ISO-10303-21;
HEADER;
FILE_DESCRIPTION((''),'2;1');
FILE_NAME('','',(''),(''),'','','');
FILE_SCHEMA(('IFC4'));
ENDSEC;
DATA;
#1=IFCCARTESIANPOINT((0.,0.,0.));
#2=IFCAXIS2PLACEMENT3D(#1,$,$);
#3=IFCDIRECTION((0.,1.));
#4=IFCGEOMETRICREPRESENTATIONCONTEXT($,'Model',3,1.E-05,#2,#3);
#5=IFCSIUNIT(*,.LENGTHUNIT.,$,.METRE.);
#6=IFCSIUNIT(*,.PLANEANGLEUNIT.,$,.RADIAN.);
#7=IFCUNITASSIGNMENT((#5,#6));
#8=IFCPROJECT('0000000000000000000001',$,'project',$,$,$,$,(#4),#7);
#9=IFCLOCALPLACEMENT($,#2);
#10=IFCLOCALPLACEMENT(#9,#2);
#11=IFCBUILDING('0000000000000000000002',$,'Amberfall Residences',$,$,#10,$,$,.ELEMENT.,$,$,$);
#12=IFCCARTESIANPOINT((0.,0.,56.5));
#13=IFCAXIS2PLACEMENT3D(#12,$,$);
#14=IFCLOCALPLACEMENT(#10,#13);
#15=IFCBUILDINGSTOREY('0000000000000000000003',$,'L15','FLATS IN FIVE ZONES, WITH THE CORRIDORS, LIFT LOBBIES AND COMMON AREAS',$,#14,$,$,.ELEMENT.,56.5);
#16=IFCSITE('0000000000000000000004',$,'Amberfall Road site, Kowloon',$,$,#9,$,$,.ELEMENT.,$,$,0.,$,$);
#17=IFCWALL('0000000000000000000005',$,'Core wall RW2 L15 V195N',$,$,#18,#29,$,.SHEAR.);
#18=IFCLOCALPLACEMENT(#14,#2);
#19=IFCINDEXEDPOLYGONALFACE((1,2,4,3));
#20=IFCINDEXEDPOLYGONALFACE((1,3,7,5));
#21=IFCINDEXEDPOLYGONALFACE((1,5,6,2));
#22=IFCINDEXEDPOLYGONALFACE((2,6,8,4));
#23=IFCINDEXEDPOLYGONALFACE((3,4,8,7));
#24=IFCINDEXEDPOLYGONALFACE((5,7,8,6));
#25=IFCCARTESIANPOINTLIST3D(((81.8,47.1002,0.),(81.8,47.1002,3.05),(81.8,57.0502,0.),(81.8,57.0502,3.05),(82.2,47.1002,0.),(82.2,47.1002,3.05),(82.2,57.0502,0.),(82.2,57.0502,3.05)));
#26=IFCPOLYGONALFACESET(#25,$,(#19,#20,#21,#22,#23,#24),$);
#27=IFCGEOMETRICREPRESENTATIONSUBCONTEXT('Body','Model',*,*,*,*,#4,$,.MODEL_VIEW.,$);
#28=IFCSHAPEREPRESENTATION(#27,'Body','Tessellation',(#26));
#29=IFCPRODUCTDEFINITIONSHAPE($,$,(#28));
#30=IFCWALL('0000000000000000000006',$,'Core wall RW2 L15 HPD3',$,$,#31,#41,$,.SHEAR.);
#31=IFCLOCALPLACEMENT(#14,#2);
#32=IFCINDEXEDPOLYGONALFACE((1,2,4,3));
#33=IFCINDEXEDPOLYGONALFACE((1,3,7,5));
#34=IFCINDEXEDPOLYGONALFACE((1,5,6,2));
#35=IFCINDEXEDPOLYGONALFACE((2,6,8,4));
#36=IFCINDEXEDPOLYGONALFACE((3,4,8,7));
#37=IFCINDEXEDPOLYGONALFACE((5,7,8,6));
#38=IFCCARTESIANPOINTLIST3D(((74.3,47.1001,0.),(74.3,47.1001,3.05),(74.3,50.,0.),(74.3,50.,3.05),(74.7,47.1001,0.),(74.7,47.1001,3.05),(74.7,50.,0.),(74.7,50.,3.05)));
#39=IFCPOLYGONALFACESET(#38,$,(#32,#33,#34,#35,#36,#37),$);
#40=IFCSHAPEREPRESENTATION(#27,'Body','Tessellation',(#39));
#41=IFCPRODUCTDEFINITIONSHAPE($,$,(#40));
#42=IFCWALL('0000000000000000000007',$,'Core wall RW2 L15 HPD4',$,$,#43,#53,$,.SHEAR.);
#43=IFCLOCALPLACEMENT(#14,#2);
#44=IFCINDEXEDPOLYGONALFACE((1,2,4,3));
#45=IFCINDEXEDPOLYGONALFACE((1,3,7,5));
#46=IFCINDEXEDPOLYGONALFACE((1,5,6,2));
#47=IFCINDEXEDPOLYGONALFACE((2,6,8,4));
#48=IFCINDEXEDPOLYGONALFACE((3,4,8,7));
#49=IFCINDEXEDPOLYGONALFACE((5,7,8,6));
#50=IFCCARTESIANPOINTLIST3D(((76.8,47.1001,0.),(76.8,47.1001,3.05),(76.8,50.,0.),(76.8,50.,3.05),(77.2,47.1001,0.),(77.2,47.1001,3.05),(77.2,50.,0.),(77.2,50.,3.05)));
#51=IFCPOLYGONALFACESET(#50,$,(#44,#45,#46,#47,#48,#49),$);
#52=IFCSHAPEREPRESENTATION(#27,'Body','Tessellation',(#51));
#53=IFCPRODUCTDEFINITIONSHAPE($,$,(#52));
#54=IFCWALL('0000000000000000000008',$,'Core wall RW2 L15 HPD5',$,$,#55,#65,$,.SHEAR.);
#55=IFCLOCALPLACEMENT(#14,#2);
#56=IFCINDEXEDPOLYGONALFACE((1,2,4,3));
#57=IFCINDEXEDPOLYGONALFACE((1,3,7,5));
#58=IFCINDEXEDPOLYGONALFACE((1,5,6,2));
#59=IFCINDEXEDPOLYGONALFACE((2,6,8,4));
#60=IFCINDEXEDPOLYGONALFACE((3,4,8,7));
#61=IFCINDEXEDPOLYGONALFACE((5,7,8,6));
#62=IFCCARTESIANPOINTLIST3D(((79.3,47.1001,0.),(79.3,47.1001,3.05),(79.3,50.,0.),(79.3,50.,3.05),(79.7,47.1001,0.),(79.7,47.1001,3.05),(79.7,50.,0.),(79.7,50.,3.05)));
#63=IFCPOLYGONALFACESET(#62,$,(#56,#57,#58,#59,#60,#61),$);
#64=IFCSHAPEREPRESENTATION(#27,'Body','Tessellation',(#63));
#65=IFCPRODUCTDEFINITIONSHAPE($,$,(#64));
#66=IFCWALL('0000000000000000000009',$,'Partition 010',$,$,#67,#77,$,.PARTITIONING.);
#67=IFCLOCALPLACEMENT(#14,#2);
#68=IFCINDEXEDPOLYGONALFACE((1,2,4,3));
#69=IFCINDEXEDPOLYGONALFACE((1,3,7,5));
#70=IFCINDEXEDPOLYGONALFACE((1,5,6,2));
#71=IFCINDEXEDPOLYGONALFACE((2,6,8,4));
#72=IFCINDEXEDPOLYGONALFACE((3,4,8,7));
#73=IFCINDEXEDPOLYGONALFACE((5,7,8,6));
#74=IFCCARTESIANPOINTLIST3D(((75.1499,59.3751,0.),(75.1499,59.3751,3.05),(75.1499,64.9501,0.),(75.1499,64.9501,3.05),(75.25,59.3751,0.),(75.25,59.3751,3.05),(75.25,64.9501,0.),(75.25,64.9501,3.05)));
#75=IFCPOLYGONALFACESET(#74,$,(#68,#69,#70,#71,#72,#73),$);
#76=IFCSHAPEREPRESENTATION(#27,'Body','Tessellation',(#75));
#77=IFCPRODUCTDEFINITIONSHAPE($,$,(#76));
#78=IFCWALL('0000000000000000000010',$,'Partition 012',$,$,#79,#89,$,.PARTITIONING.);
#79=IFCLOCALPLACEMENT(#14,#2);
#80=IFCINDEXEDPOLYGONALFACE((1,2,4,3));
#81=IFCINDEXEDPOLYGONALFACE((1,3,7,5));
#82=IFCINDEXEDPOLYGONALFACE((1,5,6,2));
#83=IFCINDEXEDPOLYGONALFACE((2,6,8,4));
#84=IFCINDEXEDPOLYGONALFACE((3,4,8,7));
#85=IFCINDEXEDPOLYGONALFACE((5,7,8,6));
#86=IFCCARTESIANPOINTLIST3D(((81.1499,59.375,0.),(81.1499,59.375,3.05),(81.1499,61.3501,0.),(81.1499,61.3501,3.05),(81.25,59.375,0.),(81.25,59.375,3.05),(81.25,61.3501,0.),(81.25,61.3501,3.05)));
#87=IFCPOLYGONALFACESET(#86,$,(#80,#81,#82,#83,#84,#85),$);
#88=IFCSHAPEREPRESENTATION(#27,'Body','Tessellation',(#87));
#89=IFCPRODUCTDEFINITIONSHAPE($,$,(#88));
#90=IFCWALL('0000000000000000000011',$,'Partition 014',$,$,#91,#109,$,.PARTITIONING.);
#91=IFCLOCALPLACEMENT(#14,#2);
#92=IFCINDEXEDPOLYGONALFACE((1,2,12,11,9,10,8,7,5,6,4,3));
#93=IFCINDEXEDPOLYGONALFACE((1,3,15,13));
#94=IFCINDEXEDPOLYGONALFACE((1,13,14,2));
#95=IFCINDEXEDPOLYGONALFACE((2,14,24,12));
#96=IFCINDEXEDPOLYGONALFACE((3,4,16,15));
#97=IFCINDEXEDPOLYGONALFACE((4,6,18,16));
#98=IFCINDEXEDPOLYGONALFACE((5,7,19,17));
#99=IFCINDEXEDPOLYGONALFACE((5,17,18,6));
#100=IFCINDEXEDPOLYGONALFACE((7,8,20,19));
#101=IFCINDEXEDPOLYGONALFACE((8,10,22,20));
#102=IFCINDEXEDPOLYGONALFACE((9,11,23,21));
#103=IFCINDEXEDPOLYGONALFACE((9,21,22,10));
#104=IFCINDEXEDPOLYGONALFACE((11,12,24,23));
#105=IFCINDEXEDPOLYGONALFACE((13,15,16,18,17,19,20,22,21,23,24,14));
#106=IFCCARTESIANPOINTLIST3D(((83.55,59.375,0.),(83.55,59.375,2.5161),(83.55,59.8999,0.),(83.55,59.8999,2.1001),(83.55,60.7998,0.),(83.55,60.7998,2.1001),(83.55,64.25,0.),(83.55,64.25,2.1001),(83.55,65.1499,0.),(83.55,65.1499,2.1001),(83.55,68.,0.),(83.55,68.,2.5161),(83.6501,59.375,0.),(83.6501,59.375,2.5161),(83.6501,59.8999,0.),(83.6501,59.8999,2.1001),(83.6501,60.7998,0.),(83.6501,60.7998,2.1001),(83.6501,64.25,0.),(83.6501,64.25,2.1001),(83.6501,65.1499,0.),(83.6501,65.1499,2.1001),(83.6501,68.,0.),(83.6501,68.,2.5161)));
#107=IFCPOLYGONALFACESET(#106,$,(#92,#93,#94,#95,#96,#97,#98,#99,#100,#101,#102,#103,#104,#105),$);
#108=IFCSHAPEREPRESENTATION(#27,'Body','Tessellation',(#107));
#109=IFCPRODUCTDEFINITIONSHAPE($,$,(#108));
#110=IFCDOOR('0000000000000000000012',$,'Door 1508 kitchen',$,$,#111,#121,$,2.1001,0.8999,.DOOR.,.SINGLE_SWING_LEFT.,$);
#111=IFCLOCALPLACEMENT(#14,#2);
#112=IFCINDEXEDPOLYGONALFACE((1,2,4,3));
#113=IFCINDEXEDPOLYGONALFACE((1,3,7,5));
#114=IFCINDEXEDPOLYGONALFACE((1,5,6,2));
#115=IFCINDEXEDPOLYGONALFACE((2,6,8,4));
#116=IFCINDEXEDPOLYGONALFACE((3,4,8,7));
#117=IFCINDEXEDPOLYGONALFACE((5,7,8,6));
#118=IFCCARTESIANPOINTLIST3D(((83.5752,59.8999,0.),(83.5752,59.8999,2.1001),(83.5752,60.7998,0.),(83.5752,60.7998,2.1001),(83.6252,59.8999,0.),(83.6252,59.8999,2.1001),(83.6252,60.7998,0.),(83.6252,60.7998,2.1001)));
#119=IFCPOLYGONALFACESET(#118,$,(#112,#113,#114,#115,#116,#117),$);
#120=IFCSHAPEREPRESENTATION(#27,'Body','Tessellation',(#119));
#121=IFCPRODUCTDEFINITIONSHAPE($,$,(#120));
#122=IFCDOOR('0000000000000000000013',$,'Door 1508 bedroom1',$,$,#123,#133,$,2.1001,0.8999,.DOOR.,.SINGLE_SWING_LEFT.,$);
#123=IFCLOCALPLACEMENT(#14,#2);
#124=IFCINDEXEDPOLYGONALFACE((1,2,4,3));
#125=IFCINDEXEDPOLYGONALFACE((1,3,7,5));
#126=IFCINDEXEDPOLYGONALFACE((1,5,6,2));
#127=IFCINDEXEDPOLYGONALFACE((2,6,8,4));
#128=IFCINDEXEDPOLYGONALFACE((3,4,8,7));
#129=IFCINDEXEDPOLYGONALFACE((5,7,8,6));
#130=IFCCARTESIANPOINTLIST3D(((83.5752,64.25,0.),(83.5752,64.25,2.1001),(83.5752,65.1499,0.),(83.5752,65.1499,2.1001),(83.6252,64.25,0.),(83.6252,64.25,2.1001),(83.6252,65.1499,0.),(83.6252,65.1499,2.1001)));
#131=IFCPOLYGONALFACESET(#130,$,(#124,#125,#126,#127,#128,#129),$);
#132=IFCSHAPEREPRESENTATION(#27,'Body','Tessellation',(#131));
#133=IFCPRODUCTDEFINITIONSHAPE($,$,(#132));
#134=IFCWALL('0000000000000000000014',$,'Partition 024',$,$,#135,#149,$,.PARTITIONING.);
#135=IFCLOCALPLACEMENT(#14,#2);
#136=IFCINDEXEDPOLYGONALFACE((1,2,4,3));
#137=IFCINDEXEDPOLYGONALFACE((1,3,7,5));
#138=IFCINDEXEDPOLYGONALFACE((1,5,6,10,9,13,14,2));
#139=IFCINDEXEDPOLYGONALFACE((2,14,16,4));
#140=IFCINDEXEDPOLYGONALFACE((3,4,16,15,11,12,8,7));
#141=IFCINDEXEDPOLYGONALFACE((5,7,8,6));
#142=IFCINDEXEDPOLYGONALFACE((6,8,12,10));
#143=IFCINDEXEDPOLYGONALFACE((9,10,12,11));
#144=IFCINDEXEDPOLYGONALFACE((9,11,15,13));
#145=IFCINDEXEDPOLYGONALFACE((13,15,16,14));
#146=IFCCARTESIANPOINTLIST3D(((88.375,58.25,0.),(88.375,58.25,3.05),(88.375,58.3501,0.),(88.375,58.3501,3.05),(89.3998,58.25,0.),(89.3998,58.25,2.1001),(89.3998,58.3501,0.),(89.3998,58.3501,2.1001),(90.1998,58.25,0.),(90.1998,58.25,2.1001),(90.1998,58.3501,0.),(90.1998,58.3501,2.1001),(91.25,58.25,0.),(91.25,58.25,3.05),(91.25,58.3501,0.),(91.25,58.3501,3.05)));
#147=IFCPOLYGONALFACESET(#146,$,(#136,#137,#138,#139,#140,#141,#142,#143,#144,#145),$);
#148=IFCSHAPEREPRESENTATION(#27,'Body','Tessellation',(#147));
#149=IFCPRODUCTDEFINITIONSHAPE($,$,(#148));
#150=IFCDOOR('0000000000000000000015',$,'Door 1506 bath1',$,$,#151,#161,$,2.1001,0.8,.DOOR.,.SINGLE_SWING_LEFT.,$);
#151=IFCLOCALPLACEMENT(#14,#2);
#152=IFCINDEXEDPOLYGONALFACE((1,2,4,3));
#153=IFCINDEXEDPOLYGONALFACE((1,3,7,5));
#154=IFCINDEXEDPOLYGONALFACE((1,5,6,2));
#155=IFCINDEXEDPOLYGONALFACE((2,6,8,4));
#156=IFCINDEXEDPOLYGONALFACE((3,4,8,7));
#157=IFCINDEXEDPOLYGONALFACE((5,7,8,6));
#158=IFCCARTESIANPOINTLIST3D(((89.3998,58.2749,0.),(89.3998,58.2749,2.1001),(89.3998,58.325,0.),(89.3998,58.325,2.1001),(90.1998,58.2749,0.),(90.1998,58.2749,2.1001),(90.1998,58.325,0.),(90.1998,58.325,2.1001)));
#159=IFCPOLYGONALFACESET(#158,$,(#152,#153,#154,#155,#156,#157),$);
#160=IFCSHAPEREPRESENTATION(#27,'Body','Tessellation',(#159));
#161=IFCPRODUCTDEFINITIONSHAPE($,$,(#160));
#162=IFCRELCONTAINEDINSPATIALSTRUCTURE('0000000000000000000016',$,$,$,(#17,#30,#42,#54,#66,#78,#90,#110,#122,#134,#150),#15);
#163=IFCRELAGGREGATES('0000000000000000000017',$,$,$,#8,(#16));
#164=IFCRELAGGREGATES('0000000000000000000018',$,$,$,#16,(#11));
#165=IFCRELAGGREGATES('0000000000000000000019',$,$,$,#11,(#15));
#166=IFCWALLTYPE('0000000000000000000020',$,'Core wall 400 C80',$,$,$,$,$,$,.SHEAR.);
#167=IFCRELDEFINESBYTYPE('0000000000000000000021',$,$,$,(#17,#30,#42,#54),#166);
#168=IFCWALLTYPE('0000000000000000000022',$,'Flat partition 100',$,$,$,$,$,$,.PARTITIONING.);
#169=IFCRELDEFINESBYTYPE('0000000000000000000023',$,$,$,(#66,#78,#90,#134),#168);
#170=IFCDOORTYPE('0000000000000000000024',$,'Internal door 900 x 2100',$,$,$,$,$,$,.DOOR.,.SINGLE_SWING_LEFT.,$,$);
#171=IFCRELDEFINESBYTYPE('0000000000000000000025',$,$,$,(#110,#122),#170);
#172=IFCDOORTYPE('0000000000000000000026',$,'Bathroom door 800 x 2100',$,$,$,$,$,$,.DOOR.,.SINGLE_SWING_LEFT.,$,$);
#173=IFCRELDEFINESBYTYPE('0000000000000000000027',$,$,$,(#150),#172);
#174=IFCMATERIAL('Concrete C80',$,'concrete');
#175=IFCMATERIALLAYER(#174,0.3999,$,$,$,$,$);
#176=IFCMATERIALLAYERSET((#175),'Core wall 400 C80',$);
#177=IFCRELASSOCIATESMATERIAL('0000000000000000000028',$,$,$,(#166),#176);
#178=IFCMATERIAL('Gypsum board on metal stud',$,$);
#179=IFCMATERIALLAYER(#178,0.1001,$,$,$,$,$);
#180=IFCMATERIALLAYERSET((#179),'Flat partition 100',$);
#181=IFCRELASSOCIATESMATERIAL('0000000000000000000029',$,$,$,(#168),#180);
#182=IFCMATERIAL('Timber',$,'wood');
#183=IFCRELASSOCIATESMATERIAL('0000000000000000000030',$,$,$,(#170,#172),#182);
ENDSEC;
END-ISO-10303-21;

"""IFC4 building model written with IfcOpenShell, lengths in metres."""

from ifc_helpers import new_model, si_unit, direction, frame, frame_2d, origin, place, context, subcontext, project, spatial, rectangle, extrude, material, layer, layer_set, type_object, element, fill, save


model = new_model("IFC4")

# Units and contexts
model_context = context("Model", 3, precision=1e-05, world=origin(), true_north=direction((0.0, 1.0)))
body_context = subcontext(model_context, "Body", "Model", "MODEL_VIEW")
ifc_project = project(units=[si_unit("LENGTHUNIT", "METRE"), si_unit("PLANEANGLEUNIT", "RADIAN")], contexts=[model_context])

# Site, building, storey
site_placement = place(None, origin())
site = spatial("IfcSite", under=ifc_project, at=site_placement, Name="Amberfall Road site, Kowloon", CompositionType="ELEMENT", RefElevation=0.0)
building_placement = place(site_placement, origin())
building = spatial("IfcBuilding", under=site, at=building_placement, Name="Amberfall Residences", CompositionType="ELEMENT")
storey_placement = place(building_placement, frame((0.0, 0.0, 56.5)))
storey = spatial("IfcBuildingStorey", under=building, at=storey_placement, Name="L15", Description="FLATS IN FIVE ZONES, WITH THE CORRIDORS, LIFT LOBBIES AND COMMON AREAS", CompositionType="ELEMENT", Elevation=56.5)

# Walls
ifc_material_1 = material(Name="Concrete C80", Category="concrete")
ifc_layer_1 = layer(ifc_material_1, 0.3999)
ifc_layer_set_1 = layer_set([ifc_layer_1], Name="Core wall 400 C80")
wall_type_1 = type_object("IfcWallType", Name="Core wall 400 C80", PredefinedType="SHEAR", material=ifc_layer_set_1)
wall_1_placement = place(storey_placement, frame((82.0, 47.1001, 0.0), z_axis=(0.0, 0.0, 1.0), x_axis=(0.0, 1.0, 0.0)))
element("IfcWall", 1, at=wall_1_placement, inside=storey, type_object=wall_type_1, Name="Core wall RW2 L15 V195N", PredefinedType="SHEAR", context=body_context, shape_type="SweptSolid", body=[
    extrude(rectangle(XDim=9.95, YDim=0.3999, at=frame_2d((4.9751, 0.0))), origin(), (0.0, 0.0, 1.0), 3.05),
])
for number, where, z_axis, x_axis, name in (
    (2, (74.5, 47.1001, 0.0), (0.0, 0.0, 1.0), (0.0, 1.0, 0.0), "Core wall RW2 L15 HPD3"),
    (3, (77.0, 47.1001, 0.0), (0.0, 0.0, 1.0), (0.0, 1.0, 0.0), "Core wall RW2 L15 HPD4"),
    (4, (79.5, 47.1001, 0.0), (0.0, 0.0, 1.0), (0.0, 1.0, 0.0), "Core wall RW2 L15 HPD5"),
):
    element("IfcWall", number, at=place(storey_placement, frame(where, z_axis=z_axis, x_axis=x_axis)), inside=storey, type_object=wall_type_1, Name=name, PredefinedType="SHEAR", context=body_context, shape_type="SweptSolid", body=[
        extrude(rectangle(XDim=2.8999, YDim=0.3999, at=frame_2d((1.45, 0.0))), origin(), (0.0, 0.0, 1.0), 3.05),
    ])
ifc_material_2 = material(Name="Gypsum board on metal stud")
ifc_layer_2 = layer(ifc_material_2, 0.1001)
ifc_layer_set_2 = layer_set([ifc_layer_2], Name="Flat partition 100")
wall_type_2 = type_object("IfcWallType", Name="Flat partition 100", PredefinedType="PARTITIONING", material=ifc_layer_set_2)
wall_2_placement = place(storey_placement, frame((75.2, 59.375, 0.0), z_axis=(0.0, 0.0, 1.0), x_axis=(0.0, 1.0, 0.0)))
element("IfcWall", 5, at=wall_2_placement, inside=storey, type_object=wall_type_2, Name="Partition 010", PredefinedType="PARTITIONING", context=body_context, shape_type="SweptSolid", body=[
    extrude(rectangle(XDim=5.575, YDim=0.1001, at=frame_2d((2.7876, 0.0))), origin(), (0.0, 0.0, 1.0), 3.05),
])
wall_3_placement = place(storey_placement, frame((81.2, 59.375, 0.0), z_axis=(0.0, 0.0, 1.0), x_axis=(0.0, 1.0, 0.0)))
element("IfcWall", 6, at=wall_3_placement, inside=storey, type_object=wall_type_2, Name="Partition 012", PredefinedType="PARTITIONING", context=body_context, shape_type="SweptSolid", body=[
    extrude(rectangle(XDim=1.9751, YDim=0.1001, at=frame_2d((0.9875, 0.0))), origin(), (0.0, 0.0, 1.0), 3.05),
])

# Wall, openings, doors
wall_4_placement = place(storey_placement, frame((83.6001, 59.375, 0.0), z_axis=(0.0, 0.0, 1.0), x_axis=(0.0, 1.0, 0.0)))
wall_4 = element("IfcWall", 7, at=wall_4_placement, inside=storey, type_object=wall_type_2, Name="Partition 014", PredefinedType="PARTITIONING", context=body_context, shape_type="SweptSolid", body=[
    extrude(rectangle(XDim=8.625, YDim=0.1001, at=frame_2d((4.3125, 0.0))), origin(), (0.0, 0.0, 1.0), 2.5161),
])
opening_1_placement = place(wall_4_placement, frame((0.5249, 0.0, 0.0)))
opening_1 = element("IfcOpeningElement", 8, at=opening_1_placement, cuts=wall_4, PredefinedType="OPENING", context=body_context, shape_type="SweptSolid", body=[
    extrude(rectangle(XDim=0.8999, YDim=2.1001, at=frame_2d((0.45, 1.05))), frame((0.0, 0.0601, 0.0), z_axis=(0.0, -1.0, 0.0), x_axis=(1.0, 0.0, 0.0)), (0.0, 0.0, 1.0), 0.1201),
])
opening_2_placement = place(wall_4_placement, frame((4.875, 0.0, 0.0)))
opening_2 = element("IfcOpeningElement", 9, at=opening_2_placement, cuts=wall_4, PredefinedType="OPENING", context=body_context, shape_type="SweptSolid", body=[
    extrude(rectangle(XDim=0.8999, YDim=2.1001, at=frame_2d((0.45, 1.05))), frame((0.0, 0.0601, 0.0), z_axis=(0.0, -1.0, 0.0), x_axis=(1.0, 0.0, 0.0)), (0.0, 0.0, 1.0), 0.1201),
])
ifc_material_3 = material(Name="Timber", Category="wood")
door_type_1 = type_object("IfcDoorType", Name="Internal door 900 x 2100", OperationType="SINGLE_SWING_LEFT", PredefinedType="DOOR", material=ifc_material_3)
door_1_placement = place(opening_1_placement, origin())
door_1 = element("IfcDoor", 10, at=door_1_placement, inside=storey, type_object=door_type_1, Name="Door 1508 kitchen", OperationType="SINGLE_SWING_LEFT", OverallHeight=2.1001, OverallWidth=0.8999, PredefinedType="DOOR", context=body_context, shape_type="SweptSolid", body=[
    extrude(rectangle(XDim=0.8999, YDim=2.1001, at=frame_2d((0.45, 1.05))), frame((0.0, 0.0249, 0.0), z_axis=(0.0, -1.0, 0.0), x_axis=(1.0, 0.0, 0.0)), (0.0, 0.0, 1.0), 0.05),
])
fill(opening_1, door_1)
door_2_placement = place(opening_2_placement, origin())
door_2 = element("IfcDoor", 11, at=door_2_placement, inside=storey, type_object=door_type_1, Name="Door 1508 bedroom1", OperationType="SINGLE_SWING_LEFT", OverallHeight=2.1001, OverallWidth=0.8999, PredefinedType="DOOR", context=body_context, shape_type="SweptSolid", body=[
    extrude(rectangle(XDim=0.8999, YDim=2.1001, at=frame_2d((0.45, 1.05))), frame((0.0, 0.0249, 0.0), z_axis=(0.0, -1.0, 0.0), x_axis=(1.0, 0.0, 0.0)), (0.0, 0.0, 1.0), 0.05),
])
fill(opening_2, door_2)

# Wall, opening, door
wall_5_placement = place(storey_placement, frame((88.375, 58.3, 0.0), z_axis=(0.0, 0.0, 1.0), x_axis=(1.0, 0.0, 0.0)))
wall_5 = element("IfcWall", 12, at=wall_5_placement, inside=storey, type_object=wall_type_2, Name="Partition 024", PredefinedType="PARTITIONING", context=body_context, shape_type="SweptSolid", body=[
    extrude(rectangle(XDim=2.875, YDim=0.1001, at=frame_2d((1.4375, 0.0))), origin(), (0.0, 0.0, 1.0), 3.05),
])
opening_3_placement = place(wall_5_placement, frame((1.0249, 0.0, 0.0)))
opening_3 = element("IfcOpeningElement", 13, at=opening_3_placement, cuts=wall_5, PredefinedType="OPENING", context=body_context, shape_type="SweptSolid", body=[
    extrude(rectangle(XDim=0.8, YDim=2.1001, at=frame_2d((0.3999, 1.05))), frame((0.0, 0.0601, 0.0), z_axis=(0.0, -1.0, 0.0), x_axis=(1.0, 0.0, 0.0)), (0.0, 0.0, 1.0), 0.1201),
])
door_type_2 = type_object("IfcDoorType", Name="Bathroom door 800 x 2100", OperationType="SINGLE_SWING_LEFT", PredefinedType="DOOR", material=ifc_material_3)
door_3_placement = place(opening_3_placement, origin())
door_3 = element("IfcDoor", 14, at=door_3_placement, inside=storey, type_object=door_type_2, Name="Door 1506 bath1", OperationType="SINGLE_SWING_LEFT", OverallHeight=2.1001, OverallWidth=0.8, PredefinedType="DOOR", context=body_context, shape_type="SweptSolid", body=[
    extrude(rectangle(XDim=0.8, YDim=2.1001, at=frame_2d((0.3999, 1.05))), frame((0.0, 0.0249, 0.0), z_axis=(0.0, -1.0, 0.0), x_axis=(1.0, 0.0, 0.0)), (0.0, 0.0, 1.0), 0.05),
])
fill(opening_3, door_3)

save(model, "model.ifc")
